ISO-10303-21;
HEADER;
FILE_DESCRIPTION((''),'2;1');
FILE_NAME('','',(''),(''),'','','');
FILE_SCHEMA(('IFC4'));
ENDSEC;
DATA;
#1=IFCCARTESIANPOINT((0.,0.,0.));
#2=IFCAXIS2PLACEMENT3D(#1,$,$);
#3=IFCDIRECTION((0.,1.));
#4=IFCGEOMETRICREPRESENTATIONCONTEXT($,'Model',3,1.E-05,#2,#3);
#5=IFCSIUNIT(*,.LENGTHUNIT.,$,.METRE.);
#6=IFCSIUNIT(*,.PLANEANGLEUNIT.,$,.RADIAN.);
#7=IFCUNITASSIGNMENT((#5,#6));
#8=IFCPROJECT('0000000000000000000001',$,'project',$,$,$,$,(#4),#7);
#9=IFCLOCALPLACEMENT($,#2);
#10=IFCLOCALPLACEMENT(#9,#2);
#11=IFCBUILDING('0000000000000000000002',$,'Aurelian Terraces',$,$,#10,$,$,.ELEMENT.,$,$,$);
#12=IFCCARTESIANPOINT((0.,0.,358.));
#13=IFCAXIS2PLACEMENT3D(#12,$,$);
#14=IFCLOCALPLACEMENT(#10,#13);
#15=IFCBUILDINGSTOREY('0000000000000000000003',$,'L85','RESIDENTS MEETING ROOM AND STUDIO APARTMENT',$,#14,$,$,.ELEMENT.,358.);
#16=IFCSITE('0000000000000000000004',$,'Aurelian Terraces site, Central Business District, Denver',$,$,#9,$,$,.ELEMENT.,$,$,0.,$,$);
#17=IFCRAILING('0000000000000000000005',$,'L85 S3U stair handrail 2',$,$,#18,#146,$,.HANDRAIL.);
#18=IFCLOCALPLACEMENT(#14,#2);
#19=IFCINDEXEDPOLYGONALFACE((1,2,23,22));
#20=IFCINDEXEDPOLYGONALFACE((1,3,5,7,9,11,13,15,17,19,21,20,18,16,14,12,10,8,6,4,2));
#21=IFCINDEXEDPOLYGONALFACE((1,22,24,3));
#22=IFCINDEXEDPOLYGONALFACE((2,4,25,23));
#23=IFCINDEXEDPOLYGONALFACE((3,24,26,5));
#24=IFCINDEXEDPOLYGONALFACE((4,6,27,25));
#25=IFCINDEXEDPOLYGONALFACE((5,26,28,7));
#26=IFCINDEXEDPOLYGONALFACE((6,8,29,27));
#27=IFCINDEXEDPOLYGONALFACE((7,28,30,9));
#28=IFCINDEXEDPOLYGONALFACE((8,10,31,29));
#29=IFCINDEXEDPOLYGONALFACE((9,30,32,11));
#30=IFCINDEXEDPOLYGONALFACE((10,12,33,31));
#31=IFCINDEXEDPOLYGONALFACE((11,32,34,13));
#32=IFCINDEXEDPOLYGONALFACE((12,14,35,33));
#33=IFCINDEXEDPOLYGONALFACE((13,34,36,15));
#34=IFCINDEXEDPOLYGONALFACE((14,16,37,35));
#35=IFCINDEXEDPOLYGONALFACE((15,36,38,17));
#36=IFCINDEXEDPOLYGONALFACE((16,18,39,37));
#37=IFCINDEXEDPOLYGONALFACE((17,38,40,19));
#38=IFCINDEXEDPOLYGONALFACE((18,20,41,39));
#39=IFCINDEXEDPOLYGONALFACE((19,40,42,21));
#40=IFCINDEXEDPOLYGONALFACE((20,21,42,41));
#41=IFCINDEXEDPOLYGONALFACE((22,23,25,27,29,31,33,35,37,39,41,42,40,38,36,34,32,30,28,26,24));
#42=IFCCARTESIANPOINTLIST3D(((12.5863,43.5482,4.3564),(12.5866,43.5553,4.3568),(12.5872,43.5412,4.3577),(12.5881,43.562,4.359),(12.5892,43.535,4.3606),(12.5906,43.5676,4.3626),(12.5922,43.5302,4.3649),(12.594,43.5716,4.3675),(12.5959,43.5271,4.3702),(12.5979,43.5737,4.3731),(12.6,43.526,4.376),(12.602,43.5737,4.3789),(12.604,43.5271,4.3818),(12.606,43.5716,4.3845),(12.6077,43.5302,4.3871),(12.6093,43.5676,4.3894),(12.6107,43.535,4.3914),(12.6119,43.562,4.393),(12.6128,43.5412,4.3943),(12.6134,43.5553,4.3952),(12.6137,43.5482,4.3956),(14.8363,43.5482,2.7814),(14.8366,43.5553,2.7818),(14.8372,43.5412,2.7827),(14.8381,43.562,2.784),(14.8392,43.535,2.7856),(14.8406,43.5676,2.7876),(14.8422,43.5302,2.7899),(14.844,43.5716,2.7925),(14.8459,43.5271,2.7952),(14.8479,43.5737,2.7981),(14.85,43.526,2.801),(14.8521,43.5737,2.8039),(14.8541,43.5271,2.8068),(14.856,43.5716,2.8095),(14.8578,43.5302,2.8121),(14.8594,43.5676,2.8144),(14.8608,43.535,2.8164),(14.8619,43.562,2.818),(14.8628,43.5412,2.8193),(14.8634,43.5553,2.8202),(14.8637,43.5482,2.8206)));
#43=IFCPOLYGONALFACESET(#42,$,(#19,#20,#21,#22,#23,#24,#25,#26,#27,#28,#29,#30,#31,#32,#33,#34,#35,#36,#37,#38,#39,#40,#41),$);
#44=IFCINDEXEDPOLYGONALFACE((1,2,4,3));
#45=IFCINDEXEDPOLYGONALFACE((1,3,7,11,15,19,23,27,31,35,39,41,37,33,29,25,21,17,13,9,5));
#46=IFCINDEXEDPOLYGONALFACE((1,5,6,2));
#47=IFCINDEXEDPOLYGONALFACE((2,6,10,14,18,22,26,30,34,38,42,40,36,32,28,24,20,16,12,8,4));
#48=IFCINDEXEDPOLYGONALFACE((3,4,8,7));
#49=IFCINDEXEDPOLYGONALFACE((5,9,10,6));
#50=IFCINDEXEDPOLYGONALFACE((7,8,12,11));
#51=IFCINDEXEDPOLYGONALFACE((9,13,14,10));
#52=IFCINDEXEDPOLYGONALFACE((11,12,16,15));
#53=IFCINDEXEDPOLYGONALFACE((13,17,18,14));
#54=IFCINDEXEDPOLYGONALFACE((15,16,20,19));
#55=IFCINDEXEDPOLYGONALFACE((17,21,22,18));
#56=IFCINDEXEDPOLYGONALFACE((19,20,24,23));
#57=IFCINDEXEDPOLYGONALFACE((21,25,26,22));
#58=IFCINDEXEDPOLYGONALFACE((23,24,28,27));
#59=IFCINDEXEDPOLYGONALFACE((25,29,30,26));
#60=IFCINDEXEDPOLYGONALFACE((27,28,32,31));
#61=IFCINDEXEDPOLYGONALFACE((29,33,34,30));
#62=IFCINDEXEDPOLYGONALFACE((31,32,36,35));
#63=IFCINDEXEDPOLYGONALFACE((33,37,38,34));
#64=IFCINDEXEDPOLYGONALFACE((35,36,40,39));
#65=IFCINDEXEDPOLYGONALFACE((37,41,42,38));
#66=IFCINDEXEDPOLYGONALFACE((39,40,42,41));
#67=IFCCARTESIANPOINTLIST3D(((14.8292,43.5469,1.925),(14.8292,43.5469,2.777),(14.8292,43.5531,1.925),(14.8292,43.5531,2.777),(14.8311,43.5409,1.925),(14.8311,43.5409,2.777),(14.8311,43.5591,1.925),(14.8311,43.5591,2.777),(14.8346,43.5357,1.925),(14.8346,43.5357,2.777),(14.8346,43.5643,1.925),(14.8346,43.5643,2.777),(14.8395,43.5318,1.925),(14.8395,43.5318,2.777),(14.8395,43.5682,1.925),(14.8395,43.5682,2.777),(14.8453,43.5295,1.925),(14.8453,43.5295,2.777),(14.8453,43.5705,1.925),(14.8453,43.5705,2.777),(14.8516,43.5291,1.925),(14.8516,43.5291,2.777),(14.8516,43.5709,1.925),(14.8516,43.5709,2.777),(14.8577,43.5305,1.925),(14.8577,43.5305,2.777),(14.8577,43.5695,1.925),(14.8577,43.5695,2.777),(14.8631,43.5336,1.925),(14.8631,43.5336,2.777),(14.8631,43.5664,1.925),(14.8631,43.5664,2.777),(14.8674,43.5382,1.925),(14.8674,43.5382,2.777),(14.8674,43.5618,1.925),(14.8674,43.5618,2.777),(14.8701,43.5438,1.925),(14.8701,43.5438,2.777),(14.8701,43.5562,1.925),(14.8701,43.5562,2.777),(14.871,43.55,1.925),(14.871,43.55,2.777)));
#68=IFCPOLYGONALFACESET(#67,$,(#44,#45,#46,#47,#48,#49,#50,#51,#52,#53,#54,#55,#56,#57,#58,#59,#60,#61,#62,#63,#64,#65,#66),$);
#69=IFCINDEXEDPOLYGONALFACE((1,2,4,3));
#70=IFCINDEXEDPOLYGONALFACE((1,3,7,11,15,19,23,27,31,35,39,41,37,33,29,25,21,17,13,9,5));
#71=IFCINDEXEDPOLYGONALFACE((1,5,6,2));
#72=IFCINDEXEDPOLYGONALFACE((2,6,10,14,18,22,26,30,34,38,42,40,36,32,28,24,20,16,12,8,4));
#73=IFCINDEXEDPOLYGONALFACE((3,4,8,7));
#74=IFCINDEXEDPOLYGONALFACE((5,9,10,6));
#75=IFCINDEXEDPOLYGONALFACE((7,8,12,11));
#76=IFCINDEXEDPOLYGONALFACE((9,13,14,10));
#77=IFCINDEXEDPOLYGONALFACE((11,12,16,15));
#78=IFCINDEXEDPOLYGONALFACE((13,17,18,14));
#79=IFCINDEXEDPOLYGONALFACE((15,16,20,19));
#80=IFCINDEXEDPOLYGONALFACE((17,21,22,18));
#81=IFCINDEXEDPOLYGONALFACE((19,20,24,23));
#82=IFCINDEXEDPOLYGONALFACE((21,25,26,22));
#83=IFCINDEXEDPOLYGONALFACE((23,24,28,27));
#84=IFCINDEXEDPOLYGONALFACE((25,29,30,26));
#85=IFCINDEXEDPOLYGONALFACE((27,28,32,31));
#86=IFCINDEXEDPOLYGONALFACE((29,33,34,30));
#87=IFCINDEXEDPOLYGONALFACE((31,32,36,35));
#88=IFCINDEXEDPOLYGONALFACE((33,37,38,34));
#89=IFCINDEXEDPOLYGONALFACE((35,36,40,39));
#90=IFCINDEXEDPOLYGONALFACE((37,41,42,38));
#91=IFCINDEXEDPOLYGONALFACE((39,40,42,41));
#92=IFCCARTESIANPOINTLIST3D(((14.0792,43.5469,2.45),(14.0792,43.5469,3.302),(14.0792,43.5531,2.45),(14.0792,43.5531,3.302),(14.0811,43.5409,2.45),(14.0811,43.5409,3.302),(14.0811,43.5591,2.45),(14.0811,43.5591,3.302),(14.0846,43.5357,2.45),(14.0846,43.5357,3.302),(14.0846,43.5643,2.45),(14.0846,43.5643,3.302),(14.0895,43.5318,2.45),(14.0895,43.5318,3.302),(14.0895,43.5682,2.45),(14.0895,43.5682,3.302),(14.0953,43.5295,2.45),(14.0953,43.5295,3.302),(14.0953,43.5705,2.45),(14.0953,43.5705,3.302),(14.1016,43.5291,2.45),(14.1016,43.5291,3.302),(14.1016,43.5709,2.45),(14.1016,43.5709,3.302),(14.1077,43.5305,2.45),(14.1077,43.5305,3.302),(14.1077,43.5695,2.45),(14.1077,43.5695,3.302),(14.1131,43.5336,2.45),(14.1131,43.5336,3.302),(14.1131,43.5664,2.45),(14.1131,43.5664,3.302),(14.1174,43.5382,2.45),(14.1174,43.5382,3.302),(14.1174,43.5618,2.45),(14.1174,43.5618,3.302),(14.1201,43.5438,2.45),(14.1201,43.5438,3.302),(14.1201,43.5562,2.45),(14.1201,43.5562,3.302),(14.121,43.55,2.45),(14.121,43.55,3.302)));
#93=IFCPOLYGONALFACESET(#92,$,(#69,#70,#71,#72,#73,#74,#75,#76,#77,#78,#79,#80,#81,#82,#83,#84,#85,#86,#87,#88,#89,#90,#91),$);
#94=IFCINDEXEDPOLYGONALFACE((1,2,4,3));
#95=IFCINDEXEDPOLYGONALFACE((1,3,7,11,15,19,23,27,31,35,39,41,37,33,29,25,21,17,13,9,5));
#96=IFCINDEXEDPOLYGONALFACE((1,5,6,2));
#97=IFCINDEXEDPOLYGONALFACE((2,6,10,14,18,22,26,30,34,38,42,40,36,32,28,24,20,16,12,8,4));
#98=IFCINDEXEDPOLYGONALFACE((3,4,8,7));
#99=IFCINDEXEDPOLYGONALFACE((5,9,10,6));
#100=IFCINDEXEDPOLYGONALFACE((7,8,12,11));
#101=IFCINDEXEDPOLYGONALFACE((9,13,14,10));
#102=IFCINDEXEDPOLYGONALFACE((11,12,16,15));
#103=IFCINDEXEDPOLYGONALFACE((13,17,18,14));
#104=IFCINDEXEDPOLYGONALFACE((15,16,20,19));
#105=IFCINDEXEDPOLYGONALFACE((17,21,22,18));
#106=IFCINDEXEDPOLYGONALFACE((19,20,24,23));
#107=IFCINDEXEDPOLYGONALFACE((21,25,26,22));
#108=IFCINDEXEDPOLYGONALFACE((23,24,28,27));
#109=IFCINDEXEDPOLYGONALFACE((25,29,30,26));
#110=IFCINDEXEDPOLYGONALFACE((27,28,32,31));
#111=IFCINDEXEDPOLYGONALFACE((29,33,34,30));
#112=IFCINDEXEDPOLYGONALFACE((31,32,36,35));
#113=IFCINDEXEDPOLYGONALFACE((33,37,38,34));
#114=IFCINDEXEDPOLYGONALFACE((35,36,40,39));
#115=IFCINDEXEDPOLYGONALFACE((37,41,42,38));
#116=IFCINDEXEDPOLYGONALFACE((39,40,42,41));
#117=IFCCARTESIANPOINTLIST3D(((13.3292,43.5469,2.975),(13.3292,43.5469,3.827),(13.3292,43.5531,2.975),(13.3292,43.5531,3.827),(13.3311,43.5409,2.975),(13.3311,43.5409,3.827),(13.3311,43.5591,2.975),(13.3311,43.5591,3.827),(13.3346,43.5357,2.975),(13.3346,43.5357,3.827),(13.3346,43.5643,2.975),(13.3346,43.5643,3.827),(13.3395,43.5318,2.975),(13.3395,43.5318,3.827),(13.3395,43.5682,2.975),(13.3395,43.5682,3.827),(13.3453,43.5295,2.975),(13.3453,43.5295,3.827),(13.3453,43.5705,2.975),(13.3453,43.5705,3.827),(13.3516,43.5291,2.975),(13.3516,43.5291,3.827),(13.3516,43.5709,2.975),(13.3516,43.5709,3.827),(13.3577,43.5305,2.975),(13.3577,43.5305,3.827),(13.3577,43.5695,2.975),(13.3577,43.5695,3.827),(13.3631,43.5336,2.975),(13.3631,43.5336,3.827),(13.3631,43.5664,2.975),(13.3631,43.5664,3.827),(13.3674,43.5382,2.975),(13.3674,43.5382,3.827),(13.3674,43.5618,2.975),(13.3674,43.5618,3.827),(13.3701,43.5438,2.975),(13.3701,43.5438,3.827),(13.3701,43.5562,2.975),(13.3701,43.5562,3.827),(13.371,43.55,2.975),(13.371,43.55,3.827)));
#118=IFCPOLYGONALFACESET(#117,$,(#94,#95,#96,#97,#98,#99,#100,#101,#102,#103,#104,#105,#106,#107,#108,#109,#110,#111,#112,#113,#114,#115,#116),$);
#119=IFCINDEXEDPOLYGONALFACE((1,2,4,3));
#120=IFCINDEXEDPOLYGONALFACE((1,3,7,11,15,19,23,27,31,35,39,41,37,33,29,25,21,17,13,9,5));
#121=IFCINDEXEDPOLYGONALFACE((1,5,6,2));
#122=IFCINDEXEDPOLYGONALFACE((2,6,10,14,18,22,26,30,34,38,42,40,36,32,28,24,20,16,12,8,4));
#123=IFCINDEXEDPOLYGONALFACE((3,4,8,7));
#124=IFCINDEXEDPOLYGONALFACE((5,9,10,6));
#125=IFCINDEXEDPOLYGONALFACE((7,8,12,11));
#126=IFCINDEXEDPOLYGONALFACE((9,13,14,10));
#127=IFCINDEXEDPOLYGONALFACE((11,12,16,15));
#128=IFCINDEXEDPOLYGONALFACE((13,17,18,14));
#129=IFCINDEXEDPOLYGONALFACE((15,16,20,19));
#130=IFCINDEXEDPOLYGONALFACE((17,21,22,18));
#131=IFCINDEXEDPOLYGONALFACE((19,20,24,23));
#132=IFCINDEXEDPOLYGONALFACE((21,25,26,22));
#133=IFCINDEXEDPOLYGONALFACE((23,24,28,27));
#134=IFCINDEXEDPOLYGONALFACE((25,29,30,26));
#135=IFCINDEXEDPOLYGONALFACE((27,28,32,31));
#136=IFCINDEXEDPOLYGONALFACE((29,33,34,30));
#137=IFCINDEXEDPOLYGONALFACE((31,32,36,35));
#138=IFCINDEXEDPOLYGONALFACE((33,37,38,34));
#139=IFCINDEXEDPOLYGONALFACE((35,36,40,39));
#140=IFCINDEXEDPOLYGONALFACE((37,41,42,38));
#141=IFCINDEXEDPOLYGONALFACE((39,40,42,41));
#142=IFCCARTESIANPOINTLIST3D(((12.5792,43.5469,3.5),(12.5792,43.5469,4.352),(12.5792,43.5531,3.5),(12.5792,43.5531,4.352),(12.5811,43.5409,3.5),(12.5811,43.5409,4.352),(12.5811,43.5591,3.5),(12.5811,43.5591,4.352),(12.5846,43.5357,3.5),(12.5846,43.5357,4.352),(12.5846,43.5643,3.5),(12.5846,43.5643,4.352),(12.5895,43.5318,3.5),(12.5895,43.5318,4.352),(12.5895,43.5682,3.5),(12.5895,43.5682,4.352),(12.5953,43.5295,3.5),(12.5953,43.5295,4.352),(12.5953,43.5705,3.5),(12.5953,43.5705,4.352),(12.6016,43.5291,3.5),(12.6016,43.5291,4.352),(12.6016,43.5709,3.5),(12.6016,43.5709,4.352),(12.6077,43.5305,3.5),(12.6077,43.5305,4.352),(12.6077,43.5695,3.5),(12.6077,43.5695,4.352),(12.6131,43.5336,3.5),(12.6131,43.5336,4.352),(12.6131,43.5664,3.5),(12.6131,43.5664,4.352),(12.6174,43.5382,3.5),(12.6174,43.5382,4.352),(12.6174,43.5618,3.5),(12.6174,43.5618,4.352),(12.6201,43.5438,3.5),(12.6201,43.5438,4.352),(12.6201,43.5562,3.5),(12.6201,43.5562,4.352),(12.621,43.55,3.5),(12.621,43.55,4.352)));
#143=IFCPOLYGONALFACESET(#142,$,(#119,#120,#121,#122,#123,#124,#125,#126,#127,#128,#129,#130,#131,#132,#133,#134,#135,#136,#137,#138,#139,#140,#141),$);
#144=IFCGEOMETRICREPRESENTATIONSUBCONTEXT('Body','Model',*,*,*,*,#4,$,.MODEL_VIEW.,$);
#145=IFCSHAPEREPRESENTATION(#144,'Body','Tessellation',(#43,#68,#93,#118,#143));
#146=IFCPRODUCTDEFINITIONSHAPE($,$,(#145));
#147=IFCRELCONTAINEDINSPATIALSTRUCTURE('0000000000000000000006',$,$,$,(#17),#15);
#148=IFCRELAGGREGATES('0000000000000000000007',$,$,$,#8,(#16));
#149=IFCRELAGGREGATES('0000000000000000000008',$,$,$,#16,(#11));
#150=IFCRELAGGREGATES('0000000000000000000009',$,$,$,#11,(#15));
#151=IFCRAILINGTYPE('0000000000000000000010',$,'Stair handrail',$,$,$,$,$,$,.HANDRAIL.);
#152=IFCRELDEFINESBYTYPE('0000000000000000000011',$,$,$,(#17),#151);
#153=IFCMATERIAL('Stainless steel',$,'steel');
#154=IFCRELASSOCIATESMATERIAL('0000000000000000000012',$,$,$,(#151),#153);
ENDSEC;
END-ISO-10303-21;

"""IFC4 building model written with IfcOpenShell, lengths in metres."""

from ifc_helpers import new_model, si_unit, direction, frame, origin, origin_2d, place, context, subcontext, project, spatial, circle, extrude, source, transform, mapped, material, type_object, element, save


model = new_model("IFC4")

# Units and contexts
model_context = context("Model", 3, precision=1e-05, world=origin(), true_north=direction((0.0, 1.0)))
body_context = subcontext(model_context, "Body", "Model", "MODEL_VIEW")
ifc_project = project(units=[si_unit("LENGTHUNIT", "METRE"), si_unit("PLANEANGLEUNIT", "RADIAN")], contexts=[model_context])

# Site, building, storey
site_placement = place(None, origin())
site = spatial("IfcSite", under=ifc_project, at=site_placement, Name="Aurelian Terraces site, Central Business District, Denver", CompositionType="ELEMENT", RefElevation=0.0)
building_placement = place(site_placement, origin())
building = spatial("IfcBuilding", under=site, at=building_placement, Name="Aurelian Terraces", CompositionType="ELEMENT")
storey_placement = place(building_placement, frame((0.0, 0.0, 358.0)))
storey = spatial("IfcBuildingStorey", under=building, at=storey_placement, Name="L85", Description="RESIDENTS MEETING ROOM AND STUDIO APARTMENT", CompositionType="ELEMENT", Elevation=358.0)

# Railing
ifc_material_1 = material(Name="Stainless steel", Category="steel")
railing_type_1 = type_object("IfcRailingType", Name="Stair handrail", PredefinedType="HANDRAIL", material=ifc_material_1)
shared_shape_1 = source(origin(), body_context, "Body", "SweptSolid", [
    extrude(circle(Radius=0.024, at=origin_2d()), frame((0.0, 0.0, 0.876), z_axis=(-0.819232, 0.0, 0.573462), x_axis=(0.0, -1.0, 0.0)), (0.0, 0.0, 1.0), 2.7465),
    extrude(circle(Radius=0.021, at=origin_2d()), origin(), (0.0, 0.0, 1.0), 0.852),
    extrude(circle(Radius=0.021, at=origin_2d()), frame((-0.75, 0.0, 0.525)), (0.0, 0.0, 1.0), 0.852),
    extrude(circle(Radius=0.021, at=origin_2d()), frame((-1.5, 0.0, 1.05)), (0.0, 0.0, 1.0), 0.852),
    extrude(circle(Radius=0.021, at=origin_2d()), frame((-2.25, 0.0, 1.575)), (0.0, 0.0, 1.0), 0.852),
])
railing_1_placement = place(storey_placement, frame((14.85, 43.55, 1.925)))
element("IfcRailing", 1, at=railing_1_placement, inside=storey, type_object=railing_type_1, Name="L85 S3U stair handrail 2", PredefinedType="HANDRAIL", context=body_context, shape_type="MappedRepresentation", body=[
    mapped(shared_shape_1, transform((0.0, 0.0, 0.0), scale=1.0)),
])

save(model, "model.ifc")
